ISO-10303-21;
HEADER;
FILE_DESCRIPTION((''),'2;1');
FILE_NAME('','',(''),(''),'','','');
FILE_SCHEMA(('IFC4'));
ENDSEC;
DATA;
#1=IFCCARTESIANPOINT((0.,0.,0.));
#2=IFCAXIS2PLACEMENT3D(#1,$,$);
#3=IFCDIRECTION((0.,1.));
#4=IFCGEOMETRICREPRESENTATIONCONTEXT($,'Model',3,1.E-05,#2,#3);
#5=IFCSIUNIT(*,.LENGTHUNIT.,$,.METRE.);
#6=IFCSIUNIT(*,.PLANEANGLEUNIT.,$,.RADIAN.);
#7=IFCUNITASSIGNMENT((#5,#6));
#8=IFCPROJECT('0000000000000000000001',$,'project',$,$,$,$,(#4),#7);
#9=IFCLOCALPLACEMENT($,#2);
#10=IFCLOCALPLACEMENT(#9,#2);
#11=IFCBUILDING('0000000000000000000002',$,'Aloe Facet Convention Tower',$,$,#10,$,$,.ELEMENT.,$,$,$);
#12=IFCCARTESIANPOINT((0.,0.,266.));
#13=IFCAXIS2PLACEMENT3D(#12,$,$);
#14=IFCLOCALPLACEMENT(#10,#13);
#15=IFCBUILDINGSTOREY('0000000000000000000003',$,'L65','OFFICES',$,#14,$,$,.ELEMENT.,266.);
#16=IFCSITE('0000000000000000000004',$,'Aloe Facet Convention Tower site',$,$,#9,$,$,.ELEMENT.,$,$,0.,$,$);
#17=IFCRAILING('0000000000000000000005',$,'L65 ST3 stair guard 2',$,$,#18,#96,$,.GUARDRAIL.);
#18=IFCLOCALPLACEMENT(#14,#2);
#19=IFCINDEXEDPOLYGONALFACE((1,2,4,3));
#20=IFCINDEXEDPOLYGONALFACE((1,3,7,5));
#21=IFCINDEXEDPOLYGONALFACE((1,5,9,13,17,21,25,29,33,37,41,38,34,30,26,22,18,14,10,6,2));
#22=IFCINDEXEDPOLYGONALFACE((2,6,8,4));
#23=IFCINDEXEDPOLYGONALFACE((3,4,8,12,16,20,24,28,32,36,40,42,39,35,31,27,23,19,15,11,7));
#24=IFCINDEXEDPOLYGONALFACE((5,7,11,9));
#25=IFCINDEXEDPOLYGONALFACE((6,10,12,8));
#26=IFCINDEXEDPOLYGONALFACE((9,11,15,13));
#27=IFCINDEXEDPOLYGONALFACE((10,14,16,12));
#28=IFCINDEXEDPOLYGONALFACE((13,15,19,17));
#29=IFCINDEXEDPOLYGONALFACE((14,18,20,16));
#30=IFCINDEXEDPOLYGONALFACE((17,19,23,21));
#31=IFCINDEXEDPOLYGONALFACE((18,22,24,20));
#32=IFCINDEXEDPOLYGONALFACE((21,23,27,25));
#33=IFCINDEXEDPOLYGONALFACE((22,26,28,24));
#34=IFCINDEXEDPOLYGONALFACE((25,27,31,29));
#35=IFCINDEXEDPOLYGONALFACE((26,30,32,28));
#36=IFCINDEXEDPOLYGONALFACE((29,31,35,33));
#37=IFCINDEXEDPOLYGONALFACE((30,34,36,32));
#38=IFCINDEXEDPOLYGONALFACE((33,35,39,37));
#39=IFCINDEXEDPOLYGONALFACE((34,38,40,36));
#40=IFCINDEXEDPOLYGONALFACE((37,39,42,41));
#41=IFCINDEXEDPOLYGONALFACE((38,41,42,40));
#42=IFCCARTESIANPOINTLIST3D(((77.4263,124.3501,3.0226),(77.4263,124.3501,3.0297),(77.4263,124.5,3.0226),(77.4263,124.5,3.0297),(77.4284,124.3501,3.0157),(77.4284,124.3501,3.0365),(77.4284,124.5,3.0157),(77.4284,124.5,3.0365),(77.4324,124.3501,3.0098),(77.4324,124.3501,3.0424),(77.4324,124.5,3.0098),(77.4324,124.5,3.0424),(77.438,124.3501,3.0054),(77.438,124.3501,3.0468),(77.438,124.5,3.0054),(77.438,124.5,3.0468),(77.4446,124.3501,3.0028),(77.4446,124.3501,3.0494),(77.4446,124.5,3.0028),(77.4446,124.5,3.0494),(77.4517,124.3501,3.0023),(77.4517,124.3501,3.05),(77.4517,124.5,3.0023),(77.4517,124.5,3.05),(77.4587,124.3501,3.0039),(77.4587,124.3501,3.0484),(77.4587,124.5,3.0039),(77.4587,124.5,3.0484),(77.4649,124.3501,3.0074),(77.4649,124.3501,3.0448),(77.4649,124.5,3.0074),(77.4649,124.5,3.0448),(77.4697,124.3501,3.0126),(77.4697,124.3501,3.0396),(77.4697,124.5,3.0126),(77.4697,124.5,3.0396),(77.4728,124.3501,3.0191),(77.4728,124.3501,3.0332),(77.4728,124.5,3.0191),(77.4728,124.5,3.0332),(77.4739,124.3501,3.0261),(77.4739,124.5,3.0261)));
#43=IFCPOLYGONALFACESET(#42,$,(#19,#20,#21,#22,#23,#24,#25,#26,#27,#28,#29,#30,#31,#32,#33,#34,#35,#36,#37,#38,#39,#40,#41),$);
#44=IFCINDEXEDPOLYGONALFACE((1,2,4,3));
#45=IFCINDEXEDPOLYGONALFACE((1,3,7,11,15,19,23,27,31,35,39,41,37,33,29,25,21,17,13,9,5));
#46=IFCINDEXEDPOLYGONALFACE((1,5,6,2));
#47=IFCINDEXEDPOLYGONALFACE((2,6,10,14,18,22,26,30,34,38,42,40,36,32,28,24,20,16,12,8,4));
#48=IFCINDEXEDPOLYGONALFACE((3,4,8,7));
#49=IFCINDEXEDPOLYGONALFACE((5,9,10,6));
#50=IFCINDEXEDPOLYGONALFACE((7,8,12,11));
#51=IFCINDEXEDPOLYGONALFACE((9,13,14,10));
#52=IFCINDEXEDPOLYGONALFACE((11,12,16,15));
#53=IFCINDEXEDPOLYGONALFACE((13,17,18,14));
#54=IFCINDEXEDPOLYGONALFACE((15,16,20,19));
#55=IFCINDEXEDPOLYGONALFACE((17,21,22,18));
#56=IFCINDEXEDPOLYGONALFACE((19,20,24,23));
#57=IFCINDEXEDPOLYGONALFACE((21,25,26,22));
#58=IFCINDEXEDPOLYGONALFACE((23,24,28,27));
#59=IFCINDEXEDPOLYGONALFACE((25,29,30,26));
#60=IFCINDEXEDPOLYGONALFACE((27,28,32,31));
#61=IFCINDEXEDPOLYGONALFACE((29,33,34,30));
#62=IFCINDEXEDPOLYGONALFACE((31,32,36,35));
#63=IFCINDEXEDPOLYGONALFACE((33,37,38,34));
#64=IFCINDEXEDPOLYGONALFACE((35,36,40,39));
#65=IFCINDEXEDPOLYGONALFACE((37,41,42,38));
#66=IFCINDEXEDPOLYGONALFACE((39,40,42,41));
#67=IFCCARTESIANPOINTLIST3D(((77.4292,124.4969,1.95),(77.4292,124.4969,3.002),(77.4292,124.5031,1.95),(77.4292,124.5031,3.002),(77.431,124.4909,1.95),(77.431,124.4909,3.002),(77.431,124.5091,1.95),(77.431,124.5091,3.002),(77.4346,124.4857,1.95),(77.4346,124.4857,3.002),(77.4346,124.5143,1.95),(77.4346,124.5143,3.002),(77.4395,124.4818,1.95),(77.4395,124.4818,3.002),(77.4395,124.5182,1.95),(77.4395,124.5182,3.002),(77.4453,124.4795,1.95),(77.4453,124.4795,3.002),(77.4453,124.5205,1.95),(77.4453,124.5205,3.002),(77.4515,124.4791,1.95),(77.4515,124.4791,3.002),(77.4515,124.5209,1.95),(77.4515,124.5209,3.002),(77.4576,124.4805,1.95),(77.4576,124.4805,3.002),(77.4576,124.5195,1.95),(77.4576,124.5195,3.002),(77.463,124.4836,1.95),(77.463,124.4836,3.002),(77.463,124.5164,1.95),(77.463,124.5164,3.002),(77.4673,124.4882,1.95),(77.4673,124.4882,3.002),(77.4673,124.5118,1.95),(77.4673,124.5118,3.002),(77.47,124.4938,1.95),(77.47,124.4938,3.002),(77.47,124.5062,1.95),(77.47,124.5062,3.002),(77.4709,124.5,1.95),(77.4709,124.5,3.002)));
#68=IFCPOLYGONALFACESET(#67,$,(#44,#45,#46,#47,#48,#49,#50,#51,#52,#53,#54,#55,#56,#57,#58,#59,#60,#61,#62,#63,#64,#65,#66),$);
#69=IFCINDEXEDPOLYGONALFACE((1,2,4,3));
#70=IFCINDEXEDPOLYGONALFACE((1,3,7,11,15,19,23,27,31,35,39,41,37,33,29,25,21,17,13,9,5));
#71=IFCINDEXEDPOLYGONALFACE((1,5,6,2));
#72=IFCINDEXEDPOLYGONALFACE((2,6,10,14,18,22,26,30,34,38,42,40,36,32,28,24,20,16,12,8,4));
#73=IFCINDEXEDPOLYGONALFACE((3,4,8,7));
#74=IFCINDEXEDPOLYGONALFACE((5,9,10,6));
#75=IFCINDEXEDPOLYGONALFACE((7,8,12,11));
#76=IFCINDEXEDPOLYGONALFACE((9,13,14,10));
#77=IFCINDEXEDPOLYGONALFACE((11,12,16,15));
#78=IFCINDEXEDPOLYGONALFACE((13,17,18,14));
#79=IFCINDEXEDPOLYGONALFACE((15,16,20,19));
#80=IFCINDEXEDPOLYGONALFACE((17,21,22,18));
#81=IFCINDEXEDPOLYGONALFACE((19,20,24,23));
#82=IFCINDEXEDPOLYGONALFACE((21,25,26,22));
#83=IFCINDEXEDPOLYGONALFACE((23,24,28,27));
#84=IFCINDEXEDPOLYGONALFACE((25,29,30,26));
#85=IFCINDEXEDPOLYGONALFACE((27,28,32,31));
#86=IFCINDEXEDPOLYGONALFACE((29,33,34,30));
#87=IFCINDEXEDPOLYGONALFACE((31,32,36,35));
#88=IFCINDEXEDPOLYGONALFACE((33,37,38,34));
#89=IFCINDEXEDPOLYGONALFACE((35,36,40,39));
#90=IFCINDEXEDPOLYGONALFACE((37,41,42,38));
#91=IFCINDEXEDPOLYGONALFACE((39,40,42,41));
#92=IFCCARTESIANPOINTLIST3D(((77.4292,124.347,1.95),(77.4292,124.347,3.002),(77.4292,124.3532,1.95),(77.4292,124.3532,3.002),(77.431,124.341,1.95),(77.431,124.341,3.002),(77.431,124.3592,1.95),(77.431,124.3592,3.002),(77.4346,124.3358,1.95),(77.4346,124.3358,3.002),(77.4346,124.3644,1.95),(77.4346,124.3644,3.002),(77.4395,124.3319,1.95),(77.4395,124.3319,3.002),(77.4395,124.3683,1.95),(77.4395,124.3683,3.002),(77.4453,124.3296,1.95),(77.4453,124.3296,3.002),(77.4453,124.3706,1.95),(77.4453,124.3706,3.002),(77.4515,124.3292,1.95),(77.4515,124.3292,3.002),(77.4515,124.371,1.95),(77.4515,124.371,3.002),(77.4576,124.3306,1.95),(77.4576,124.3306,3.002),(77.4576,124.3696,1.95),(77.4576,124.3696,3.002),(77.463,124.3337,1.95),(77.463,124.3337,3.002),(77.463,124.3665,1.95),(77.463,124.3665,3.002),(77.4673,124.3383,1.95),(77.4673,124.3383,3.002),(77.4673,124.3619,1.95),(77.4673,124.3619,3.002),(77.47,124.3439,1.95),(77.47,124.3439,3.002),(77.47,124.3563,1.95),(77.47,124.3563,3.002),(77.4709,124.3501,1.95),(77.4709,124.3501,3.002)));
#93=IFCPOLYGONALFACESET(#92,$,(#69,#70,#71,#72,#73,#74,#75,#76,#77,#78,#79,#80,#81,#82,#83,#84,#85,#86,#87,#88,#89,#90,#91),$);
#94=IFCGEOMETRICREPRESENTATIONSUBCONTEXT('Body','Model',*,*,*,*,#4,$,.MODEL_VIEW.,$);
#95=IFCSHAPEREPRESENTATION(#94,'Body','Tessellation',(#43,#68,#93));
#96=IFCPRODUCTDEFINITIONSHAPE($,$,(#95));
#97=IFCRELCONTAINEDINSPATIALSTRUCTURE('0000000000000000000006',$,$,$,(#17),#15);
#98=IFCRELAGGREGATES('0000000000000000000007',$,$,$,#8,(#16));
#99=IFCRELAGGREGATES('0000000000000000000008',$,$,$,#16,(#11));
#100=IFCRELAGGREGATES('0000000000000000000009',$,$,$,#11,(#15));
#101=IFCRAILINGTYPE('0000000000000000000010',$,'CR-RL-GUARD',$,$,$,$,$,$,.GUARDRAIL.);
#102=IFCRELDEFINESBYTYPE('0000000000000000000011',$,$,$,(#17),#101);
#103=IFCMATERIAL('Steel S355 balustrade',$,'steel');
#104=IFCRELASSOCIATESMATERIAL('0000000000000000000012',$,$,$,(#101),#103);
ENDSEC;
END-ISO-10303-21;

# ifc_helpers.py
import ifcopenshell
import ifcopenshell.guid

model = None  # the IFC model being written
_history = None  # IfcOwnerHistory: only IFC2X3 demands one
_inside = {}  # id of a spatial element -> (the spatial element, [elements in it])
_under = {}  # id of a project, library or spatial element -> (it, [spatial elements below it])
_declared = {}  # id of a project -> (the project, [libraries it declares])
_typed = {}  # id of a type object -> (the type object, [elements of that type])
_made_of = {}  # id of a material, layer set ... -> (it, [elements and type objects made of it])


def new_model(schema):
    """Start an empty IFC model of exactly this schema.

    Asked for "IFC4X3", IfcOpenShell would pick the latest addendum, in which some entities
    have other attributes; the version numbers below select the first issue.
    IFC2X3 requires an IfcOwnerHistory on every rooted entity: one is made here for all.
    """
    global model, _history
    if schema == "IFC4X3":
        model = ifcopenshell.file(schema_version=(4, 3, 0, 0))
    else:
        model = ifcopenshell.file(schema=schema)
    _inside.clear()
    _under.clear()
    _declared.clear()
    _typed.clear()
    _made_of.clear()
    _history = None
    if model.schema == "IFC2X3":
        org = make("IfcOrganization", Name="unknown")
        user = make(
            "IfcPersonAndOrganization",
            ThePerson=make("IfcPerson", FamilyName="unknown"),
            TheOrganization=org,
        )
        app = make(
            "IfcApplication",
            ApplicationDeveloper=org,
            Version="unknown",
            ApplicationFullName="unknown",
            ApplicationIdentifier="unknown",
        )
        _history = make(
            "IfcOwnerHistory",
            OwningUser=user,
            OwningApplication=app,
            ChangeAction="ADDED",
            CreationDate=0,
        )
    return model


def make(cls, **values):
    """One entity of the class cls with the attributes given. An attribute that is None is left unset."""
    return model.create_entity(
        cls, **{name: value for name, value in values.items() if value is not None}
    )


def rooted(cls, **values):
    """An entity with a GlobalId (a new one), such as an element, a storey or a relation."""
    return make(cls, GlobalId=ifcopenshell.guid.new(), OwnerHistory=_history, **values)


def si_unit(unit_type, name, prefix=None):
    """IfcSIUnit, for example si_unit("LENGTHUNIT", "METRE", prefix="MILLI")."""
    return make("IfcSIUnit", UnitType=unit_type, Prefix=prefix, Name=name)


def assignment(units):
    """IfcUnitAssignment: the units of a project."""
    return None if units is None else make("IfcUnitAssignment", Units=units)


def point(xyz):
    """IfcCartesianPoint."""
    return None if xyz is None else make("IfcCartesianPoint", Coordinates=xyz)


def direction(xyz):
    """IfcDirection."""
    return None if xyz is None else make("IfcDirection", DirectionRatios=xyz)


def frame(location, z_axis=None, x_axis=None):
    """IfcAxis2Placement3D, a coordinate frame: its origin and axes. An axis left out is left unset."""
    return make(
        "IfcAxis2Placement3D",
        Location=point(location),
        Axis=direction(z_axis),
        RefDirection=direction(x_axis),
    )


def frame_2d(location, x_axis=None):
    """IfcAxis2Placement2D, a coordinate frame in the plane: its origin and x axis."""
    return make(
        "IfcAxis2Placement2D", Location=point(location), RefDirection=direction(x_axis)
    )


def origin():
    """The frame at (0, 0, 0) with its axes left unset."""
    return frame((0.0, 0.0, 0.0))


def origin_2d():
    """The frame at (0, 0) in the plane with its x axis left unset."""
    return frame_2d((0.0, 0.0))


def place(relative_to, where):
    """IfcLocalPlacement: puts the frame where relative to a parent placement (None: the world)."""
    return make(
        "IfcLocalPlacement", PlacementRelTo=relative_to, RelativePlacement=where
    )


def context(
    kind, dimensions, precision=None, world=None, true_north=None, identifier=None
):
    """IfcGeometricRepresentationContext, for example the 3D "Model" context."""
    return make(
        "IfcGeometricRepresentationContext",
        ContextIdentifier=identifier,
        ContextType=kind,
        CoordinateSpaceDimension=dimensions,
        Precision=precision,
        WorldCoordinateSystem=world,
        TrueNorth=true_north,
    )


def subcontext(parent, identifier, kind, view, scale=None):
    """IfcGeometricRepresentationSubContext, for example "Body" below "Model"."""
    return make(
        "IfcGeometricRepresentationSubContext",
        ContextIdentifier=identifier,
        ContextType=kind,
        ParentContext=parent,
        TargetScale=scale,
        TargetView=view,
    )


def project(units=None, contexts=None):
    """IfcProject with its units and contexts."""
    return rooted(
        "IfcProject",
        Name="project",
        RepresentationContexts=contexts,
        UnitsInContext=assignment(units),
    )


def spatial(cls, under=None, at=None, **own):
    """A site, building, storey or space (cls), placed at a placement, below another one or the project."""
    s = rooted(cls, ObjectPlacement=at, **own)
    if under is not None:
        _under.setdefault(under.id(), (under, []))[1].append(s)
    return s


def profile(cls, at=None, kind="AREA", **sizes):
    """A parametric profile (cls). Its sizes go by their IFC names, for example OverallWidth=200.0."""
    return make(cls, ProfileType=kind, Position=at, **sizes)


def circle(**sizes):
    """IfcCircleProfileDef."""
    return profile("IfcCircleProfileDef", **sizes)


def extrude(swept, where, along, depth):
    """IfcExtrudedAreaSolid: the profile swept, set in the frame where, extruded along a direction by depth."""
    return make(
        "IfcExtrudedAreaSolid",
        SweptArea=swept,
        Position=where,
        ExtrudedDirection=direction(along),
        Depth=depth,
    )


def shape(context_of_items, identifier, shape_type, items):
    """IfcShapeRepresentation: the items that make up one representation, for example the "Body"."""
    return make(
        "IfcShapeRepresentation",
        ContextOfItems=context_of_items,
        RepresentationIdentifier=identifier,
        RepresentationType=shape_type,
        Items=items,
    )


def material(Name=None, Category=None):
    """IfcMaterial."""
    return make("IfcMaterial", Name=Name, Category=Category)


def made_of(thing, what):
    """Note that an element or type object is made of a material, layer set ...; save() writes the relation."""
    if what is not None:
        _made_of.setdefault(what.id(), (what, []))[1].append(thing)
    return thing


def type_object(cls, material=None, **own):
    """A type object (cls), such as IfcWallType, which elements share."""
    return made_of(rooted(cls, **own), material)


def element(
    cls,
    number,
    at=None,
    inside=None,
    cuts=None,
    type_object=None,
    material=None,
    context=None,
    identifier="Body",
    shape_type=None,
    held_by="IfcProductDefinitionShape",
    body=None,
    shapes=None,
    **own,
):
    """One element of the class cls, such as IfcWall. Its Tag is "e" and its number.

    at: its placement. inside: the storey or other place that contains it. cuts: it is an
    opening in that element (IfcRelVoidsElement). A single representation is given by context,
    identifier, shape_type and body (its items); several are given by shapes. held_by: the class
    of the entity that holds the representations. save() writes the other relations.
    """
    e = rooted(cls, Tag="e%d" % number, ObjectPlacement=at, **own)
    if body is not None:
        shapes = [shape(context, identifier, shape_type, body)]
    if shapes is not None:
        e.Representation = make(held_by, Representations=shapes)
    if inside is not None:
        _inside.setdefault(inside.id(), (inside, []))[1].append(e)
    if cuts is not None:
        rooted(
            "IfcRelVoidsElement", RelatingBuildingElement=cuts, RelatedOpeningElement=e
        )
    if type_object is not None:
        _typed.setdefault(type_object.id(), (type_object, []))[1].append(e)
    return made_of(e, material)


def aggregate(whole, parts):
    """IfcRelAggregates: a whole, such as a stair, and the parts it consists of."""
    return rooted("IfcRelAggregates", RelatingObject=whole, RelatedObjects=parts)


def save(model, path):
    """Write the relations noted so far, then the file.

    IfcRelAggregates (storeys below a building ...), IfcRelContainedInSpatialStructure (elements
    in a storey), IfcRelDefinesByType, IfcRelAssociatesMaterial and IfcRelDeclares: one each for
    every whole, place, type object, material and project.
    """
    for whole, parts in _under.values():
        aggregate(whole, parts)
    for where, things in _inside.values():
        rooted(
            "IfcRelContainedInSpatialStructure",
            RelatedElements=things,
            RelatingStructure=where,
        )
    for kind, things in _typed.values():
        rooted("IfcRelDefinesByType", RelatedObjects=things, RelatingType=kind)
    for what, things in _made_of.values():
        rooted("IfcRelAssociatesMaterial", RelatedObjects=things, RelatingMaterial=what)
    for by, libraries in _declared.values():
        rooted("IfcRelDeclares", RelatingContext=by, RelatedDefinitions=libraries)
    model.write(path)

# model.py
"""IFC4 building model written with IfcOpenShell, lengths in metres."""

from ifc_helpers import new_model, si_unit, direction, frame, origin, origin_2d, place, context, subcontext, project, spatial, circle, extrude, material, type_object, element, save


model = new_model("IFC4")

# Units and contexts
model_context = context("Model", 3, precision=1e-05, world=origin(), true_north=direction((0.0, 1.0)))
body_context = subcontext(model_context, "Body", "Model", "MODEL_VIEW")
ifc_project = project(units=[si_unit("LENGTHUNIT", "METRE"), si_unit("PLANEANGLEUNIT", "RADIAN")], contexts=[model_context])

# Site, building, storey
site_placement = place(None, origin())
site = spatial("IfcSite", under=ifc_project, at=site_placement, Name="Aloe Facet Convention Tower site", CompositionType="ELEMENT", RefElevation=0.0)
building_placement = place(site_placement, origin())
building = spatial("IfcBuilding", under=site, at=building_placement, Name="Aloe Facet Convention Tower", CompositionType="ELEMENT")
storey_placement = place(building_placement, frame((0.0, 0.0, 266.0)))
storey = spatial("IfcBuildingStorey", under=building, at=storey_placement, Name="L65", Description="OFFICES", CompositionType="ELEMENT", Elevation=266.0)

# Railing
ifc_material_1 = material(Name="Steel S355 balustrade", Category="steel")
railing_type_1 = type_object("IfcRailingType", Name="CR-RL-GUARD", PredefinedType="GUARDRAIL", material=ifc_material_1)
railing_1_placement = place(storey_placement, frame((77.45, 124.5, 1.95)))
element("IfcRailing", 1, at=railing_1_placement, inside=storey, type_object=railing_type_1, Name="L65 ST3 stair guard 2", PredefinedType="GUARDRAIL", context=body_context, shape_type="SweptSolid", body=[
    extrude(circle(Radius=0.0239, at=origin_2d()), frame((0.0, 0.0, 1.0762), z_axis=(0.0, -1.0, 0.0), x_axis=(1.0, 0.0, 0.0)), (0.0, 0.0, 1.0), 0.1499),
    extrude(circle(Radius=0.021, at=origin_2d()), origin(), (0.0, 0.0, 1.0), 1.052),
    extrude(circle(Radius=0.021, at=origin_2d()), frame((0.0, -0.1499, 0.0)), (0.0, 0.0, 1.0), 1.052),
])

save(model, "model.ifc")
